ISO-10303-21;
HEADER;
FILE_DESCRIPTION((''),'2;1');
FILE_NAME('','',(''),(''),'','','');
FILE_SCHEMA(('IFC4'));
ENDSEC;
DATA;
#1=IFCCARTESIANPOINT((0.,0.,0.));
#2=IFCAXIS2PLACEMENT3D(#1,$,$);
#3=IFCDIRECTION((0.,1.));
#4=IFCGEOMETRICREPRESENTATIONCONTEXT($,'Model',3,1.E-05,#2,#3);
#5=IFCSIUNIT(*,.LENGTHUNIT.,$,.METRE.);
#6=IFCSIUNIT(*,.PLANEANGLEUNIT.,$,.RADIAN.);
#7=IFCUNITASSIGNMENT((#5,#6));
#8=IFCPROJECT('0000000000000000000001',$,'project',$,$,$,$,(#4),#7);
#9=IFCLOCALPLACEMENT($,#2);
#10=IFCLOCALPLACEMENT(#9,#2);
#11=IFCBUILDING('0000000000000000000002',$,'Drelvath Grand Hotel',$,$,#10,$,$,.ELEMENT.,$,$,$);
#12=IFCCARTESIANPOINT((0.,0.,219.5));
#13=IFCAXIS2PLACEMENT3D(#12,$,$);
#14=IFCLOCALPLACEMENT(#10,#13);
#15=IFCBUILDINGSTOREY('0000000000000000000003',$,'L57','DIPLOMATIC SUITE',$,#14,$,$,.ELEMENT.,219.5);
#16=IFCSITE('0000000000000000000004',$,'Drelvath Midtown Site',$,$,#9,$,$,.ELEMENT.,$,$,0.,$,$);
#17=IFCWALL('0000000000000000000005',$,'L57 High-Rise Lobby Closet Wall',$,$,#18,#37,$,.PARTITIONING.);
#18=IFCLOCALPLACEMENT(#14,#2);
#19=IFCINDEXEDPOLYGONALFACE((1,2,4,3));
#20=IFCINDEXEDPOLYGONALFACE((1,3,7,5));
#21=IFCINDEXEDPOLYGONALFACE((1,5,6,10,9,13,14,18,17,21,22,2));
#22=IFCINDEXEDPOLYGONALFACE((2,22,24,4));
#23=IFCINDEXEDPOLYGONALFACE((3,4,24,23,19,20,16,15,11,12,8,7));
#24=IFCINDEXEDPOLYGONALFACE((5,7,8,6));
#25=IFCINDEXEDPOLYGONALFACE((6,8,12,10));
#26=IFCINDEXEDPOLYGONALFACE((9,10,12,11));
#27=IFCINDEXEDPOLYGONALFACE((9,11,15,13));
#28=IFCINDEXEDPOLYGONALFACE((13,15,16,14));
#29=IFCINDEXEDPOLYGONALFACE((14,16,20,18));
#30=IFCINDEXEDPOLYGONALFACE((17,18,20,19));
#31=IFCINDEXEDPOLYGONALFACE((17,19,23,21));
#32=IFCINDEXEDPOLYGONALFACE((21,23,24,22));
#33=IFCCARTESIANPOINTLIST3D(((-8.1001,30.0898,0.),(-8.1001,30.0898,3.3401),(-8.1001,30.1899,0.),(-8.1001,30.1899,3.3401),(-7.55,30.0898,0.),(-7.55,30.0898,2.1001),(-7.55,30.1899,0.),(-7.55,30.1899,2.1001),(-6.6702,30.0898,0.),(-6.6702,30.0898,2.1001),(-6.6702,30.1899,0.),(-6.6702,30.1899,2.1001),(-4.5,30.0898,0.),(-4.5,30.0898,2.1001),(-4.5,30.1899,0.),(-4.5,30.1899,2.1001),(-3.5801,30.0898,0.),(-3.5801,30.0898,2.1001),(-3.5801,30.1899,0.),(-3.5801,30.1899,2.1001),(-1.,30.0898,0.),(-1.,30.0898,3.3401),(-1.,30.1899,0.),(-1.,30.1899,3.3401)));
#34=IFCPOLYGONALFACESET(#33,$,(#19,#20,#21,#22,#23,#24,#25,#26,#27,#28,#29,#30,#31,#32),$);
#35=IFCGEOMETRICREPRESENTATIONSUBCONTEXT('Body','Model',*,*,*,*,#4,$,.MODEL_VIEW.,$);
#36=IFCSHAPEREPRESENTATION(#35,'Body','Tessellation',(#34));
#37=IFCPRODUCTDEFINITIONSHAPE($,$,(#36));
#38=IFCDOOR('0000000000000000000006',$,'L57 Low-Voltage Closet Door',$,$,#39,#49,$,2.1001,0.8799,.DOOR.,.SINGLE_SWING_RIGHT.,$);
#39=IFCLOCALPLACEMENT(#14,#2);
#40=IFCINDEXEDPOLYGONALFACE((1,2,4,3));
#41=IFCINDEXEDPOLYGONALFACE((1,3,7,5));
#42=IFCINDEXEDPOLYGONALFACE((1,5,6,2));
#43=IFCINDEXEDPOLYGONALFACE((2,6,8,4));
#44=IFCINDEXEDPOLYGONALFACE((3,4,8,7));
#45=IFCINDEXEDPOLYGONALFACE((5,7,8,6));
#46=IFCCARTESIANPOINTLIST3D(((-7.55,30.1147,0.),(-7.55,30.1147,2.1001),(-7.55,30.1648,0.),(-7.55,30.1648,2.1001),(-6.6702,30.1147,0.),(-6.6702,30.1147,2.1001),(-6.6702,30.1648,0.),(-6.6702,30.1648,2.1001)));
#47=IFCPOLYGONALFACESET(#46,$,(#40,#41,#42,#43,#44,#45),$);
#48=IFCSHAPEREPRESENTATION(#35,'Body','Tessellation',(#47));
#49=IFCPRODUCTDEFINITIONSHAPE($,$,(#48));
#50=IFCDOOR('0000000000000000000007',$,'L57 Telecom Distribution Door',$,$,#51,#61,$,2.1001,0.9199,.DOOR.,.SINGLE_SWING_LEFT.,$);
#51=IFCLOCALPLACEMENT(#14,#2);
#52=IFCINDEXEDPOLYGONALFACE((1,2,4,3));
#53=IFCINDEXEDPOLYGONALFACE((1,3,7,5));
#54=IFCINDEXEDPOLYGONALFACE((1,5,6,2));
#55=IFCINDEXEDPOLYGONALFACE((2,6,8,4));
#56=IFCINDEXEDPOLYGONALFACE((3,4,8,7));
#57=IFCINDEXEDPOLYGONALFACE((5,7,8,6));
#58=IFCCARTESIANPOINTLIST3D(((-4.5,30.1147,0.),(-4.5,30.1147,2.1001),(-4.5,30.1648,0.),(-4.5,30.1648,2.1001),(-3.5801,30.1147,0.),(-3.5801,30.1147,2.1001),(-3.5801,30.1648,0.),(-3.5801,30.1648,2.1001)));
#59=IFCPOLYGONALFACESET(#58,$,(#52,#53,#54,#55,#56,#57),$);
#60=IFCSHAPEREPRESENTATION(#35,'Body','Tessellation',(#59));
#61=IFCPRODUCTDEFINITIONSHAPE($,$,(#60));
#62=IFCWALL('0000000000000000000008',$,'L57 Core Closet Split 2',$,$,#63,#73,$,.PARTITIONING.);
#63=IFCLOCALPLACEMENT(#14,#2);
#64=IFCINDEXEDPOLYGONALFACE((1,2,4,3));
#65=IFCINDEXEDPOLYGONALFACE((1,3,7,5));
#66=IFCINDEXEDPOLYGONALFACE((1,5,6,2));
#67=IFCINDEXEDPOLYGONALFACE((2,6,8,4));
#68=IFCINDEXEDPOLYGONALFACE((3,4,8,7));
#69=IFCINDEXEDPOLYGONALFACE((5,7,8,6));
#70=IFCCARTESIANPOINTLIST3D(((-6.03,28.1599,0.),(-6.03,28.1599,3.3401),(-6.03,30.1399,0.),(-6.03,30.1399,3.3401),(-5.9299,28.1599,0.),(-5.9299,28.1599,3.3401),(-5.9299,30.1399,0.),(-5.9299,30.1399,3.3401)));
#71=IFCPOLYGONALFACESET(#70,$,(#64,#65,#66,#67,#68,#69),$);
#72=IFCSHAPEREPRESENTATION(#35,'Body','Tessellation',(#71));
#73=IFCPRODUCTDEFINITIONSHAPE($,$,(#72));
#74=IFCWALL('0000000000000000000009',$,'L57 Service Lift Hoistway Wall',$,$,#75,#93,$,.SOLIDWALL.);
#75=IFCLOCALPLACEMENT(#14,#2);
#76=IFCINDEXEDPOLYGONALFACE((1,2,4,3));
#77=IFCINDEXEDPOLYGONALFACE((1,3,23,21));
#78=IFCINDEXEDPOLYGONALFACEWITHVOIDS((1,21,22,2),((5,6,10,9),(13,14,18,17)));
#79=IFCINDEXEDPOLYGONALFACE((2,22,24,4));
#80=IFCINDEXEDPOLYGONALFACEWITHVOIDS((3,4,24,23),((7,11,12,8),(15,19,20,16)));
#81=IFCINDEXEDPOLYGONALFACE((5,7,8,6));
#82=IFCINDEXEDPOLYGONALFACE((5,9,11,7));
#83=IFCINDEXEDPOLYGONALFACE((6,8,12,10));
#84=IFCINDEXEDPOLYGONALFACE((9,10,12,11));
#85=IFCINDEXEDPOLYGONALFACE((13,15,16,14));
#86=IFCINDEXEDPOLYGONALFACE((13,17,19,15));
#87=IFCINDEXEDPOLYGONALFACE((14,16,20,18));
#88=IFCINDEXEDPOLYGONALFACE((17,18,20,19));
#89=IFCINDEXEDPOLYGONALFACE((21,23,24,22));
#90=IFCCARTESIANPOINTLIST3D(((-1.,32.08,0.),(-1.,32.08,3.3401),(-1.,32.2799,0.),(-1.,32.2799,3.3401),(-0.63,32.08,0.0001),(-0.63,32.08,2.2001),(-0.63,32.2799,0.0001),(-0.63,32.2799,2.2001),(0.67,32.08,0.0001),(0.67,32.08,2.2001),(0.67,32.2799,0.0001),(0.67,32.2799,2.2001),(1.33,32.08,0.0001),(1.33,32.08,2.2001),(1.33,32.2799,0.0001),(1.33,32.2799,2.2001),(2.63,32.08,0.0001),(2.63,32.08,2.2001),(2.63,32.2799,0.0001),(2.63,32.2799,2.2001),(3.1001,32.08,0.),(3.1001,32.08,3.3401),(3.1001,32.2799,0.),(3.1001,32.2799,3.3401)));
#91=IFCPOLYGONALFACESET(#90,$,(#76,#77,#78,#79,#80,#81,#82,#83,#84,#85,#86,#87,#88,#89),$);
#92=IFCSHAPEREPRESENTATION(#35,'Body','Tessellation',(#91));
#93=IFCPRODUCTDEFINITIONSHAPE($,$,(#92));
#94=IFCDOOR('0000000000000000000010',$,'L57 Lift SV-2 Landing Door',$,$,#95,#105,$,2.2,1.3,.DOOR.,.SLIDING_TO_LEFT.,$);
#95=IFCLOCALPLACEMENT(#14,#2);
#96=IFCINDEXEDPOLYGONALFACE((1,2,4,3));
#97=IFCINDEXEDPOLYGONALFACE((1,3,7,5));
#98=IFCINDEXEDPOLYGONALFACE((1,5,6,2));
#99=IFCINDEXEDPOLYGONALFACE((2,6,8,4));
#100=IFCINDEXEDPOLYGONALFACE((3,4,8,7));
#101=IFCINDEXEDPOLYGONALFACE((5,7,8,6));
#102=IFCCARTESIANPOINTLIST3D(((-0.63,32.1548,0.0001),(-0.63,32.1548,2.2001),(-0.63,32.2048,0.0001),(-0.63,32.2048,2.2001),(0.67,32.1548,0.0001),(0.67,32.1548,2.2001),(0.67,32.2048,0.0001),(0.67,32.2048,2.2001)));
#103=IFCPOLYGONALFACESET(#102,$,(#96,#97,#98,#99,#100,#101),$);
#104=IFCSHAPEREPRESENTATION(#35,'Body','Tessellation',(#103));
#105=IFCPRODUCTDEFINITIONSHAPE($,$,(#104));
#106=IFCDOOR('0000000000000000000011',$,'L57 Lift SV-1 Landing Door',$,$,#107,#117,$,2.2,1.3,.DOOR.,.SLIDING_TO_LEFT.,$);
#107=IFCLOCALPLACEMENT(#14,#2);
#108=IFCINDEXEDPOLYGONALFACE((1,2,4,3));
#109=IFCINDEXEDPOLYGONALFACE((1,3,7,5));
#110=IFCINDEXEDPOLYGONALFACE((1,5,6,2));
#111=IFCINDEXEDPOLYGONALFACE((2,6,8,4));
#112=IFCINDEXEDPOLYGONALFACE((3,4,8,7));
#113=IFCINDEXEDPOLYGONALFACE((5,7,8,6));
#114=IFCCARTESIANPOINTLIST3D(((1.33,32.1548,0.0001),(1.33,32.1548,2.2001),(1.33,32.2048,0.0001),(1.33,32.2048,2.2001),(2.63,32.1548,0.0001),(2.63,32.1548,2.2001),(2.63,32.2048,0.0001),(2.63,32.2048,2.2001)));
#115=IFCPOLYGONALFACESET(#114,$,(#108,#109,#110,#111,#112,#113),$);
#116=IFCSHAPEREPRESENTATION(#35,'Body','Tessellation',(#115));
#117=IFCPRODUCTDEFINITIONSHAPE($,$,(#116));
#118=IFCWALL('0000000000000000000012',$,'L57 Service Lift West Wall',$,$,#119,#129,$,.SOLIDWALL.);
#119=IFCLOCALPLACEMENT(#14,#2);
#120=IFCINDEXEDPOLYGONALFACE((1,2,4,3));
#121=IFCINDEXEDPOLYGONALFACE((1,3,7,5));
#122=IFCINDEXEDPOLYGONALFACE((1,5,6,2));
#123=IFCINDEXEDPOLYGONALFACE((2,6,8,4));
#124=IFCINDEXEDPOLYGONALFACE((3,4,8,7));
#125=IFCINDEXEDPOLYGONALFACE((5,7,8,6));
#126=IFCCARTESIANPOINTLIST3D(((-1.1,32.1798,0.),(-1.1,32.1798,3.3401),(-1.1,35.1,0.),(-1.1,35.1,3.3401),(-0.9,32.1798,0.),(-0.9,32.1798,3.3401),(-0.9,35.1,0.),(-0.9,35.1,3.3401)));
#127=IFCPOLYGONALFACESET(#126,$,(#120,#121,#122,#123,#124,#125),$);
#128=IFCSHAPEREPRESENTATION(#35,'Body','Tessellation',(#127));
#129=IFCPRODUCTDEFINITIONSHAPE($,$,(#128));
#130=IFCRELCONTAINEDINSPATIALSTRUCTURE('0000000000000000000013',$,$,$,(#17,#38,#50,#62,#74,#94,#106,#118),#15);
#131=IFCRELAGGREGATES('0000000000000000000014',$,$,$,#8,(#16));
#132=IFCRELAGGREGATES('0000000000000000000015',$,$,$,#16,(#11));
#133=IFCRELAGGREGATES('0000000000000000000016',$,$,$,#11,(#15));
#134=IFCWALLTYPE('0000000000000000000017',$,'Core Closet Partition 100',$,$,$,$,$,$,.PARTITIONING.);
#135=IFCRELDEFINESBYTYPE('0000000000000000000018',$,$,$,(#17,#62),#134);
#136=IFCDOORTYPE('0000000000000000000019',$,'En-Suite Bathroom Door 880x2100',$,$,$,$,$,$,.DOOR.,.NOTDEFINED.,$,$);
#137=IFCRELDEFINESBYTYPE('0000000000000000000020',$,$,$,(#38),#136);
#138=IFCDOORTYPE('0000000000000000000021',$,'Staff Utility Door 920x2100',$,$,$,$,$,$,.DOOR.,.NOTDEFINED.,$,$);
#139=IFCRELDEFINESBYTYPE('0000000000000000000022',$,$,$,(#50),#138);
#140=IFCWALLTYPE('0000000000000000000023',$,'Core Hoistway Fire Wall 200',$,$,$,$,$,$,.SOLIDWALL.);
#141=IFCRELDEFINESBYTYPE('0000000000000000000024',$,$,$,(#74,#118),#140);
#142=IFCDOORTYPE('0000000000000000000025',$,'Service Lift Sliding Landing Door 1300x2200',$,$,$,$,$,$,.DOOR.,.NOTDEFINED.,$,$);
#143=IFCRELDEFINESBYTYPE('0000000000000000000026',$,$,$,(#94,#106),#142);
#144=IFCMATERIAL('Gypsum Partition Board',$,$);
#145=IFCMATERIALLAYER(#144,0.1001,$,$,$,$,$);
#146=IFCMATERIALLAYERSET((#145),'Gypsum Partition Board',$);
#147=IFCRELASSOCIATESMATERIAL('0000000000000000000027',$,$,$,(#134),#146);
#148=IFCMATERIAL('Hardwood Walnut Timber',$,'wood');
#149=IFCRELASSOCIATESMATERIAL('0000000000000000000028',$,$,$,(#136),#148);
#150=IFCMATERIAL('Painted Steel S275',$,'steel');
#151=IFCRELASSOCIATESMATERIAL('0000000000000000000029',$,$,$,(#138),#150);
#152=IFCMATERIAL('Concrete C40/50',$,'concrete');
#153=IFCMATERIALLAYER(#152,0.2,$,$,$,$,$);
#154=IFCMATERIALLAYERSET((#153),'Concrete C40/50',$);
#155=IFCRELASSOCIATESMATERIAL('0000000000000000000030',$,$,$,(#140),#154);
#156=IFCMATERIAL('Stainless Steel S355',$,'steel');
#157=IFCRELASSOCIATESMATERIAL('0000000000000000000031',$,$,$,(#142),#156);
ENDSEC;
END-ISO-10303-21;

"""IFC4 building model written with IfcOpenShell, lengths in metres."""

from ifc_helpers import new_model, si_unit, direction, frame, frame_2d, origin, place, context, subcontext, project, spatial, rectangle, extrude, material, layer, layer_set, type_object, element, fill, save


model = new_model("IFC4")

# Units and contexts
model_context = context("Model", 3, precision=1e-05, world=origin(), true_north=direction((0.0, 1.0)))
body_context = subcontext(model_context, "Body", "Model", "MODEL_VIEW")
ifc_project = project(units=[si_unit("LENGTHUNIT", "METRE"), si_unit("PLANEANGLEUNIT", "RADIAN")], contexts=[model_context])

# Site, building, storey
site_placement = place(None, origin())
site = spatial("IfcSite", under=ifc_project, at=site_placement, Name="Drelvath Midtown Site", CompositionType="ELEMENT", RefElevation=0.0)
building_placement = place(site_placement, origin())
building = spatial("IfcBuilding", under=site, at=building_placement, Name="Drelvath Grand Hotel", CompositionType="ELEMENT")
storey_placement = place(building_placement, frame((0.0, 0.0, 219.5)))
storey = spatial("IfcBuildingStorey", under=building, at=storey_placement, Name="L57", Description="DIPLOMATIC SUITE", CompositionType="ELEMENT", Elevation=219.5)

# Wall, openings, doors
ifc_material_1 = material(Name="Gypsum Partition Board")
ifc_layer_1 = layer(ifc_material_1, 0.1001)
ifc_layer_set_1 = layer_set([ifc_layer_1], Name="Gypsum Partition Board")
wall_type_1 = type_object("IfcWallType", Name="Core Closet Partition 100", PredefinedType="PARTITIONING", material=ifc_layer_set_1)
wall_1_placement = place(storey_placement, frame((-8.1001, 30.1399, 0.0), z_axis=(0.0, 0.0, 1.0), x_axis=(1.0, 0.0, 0.0)))
wall_1 = element("IfcWall", 1, at=wall_1_placement, inside=storey, type_object=wall_type_1, Name="L57 High-Rise Lobby Closet Wall", PredefinedType="PARTITIONING", context=body_context, shape_type="SweptSolid", body=[
    extrude(rectangle(XDim=7.1001, YDim=0.1001, at=frame_2d((3.55, 0.0))), origin(), (0.0, 0.0, 1.0), 3.3401),
])
opening_1_placement = place(wall_1_placement, frame((0.55, 0.0, 0.0)))
opening_1 = element("IfcOpeningElement", 2, at=opening_1_placement, cuts=wall_1, PredefinedType="OPENING", context=body_context, shape_type="SweptSolid", body=[
    extrude(rectangle(XDim=0.8799, YDim=2.1001, at=frame_2d((0.4399, 1.05))), frame((0.0, 0.0601, 0.0), z_axis=(0.0, -1.0, 0.0), x_axis=(1.0, 0.0, 0.0)), (0.0, 0.0, 1.0), 0.1201),
])
opening_2_placement = place(wall_1_placement, frame((3.6001, 0.0, 0.0)))
opening_2 = element("IfcOpeningElement", 3, at=opening_2_placement, cuts=wall_1, PredefinedType="OPENING", context=body_context, shape_type="SweptSolid", body=[
    extrude(rectangle(XDim=0.9199, YDim=2.1001, at=frame_2d((0.46, 1.05))), frame((0.0, 0.0601, 0.0), z_axis=(0.0, -1.0, 0.0), x_axis=(1.0, 0.0, 0.0)), (0.0, 0.0, 1.0), 0.1201),
])
ifc_material_2 = material(Name="Hardwood Walnut Timber", Category="wood")
door_type_1 = type_object("IfcDoorType", Name="En-Suite Bathroom Door 880x2100", OperationType="NOTDEFINED", PredefinedType="DOOR", material=ifc_material_2)
door_1_placement = place(opening_1_placement, origin())
door_1 = element("IfcDoor", 4, at=door_1_placement, inside=storey, type_object=door_type_1, Name="L57 Low-Voltage Closet Door", OperationType="SINGLE_SWING_RIGHT", OverallHeight=2.1001, OverallWidth=0.8799, PredefinedType="DOOR", context=body_context, shape_type="SweptSolid", body=[
    extrude(rectangle(XDim=0.8799, YDim=2.1001, at=frame_2d((0.4399, 1.05))), frame((0.0, 0.0249, 0.0), z_axis=(0.0, -1.0, 0.0), x_axis=(1.0, 0.0, 0.0)), (0.0, 0.0, 1.0), 0.05),
])
fill(opening_1, door_1)
ifc_material_3 = material(Name="Painted Steel S275", Category="steel")
door_type_2 = type_object("IfcDoorType", Name="Staff Utility Door 920x2100", OperationType="NOTDEFINED", PredefinedType="DOOR", material=ifc_material_3)
door_2_placement = place(opening_2_placement, origin())
door_2 = element("IfcDoor", 5, at=door_2_placement, inside=storey, type_object=door_type_2, Name="L57 Telecom Distribution Door", OperationType="SINGLE_SWING_LEFT", OverallHeight=2.1001, OverallWidth=0.9199, PredefinedType="DOOR", context=body_context, shape_type="SweptSolid", body=[
    extrude(rectangle(XDim=0.9199, YDim=2.1001, at=frame_2d((0.46, 1.05))), frame((0.0, 0.0249, 0.0), z_axis=(0.0, -1.0, 0.0), x_axis=(1.0, 0.0, 0.0)), (0.0, 0.0, 1.0), 0.05),
])
fill(opening_2, door_2)

# Wall
wall_2_placement = place(storey_placement, frame((-5.98, 28.1599, 0.0), z_axis=(0.0, 0.0, 1.0), x_axis=(0.0, 1.0, 0.0)))
element("IfcWall", 6, at=wall_2_placement, inside=storey, type_object=wall_type_1, Name="L57 Core Closet Split 2", PredefinedType="PARTITIONING", context=body_context, shape_type="SweptSolid", body=[
    extrude(rectangle(XDim=1.98, YDim=0.1001, at=frame_2d((0.99, 0.0))), origin(), (0.0, 0.0, 1.0), 3.3401),
])

# Wall, openings, doors
ifc_material_4 = material(Name="Concrete C40/50", Category="concrete")
ifc_layer_2 = layer(ifc_material_4, 0.2)
ifc_layer_set_2 = layer_set([ifc_layer_2], Name="Concrete C40/50")
wall_type_2 = type_object("IfcWallType", Name="Core Hoistway Fire Wall 200", PredefinedType="SOLIDWALL", material=ifc_layer_set_2)
wall_3_placement = place(storey_placement, frame((-1.0, 32.1799, 0.0), z_axis=(0.0, 0.0, 1.0), x_axis=(1.0, 0.0, 0.0)))
wall_3 = element("IfcWall", 7, at=wall_3_placement, inside=storey, type_object=wall_type_2, Name="L57 Service Lift Hoistway Wall", PredefinedType="SOLIDWALL", context=body_context, shape_type="SweptSolid", body=[
    extrude(rectangle(XDim=4.1001, YDim=0.2, at=frame_2d((2.05, 0.0))), origin(), (0.0, 0.0, 1.0), 3.3401),
])
opening_3_placement = place(wall_3_placement, frame((0.3701, 0.0, 0.0)))
opening_3 = element("IfcOpeningElement", 8, at=opening_3_placement, cuts=wall_3, PredefinedType="OPENING", context=body_context, shape_type="SweptSolid", body=[
    extrude(rectangle(XDim=1.3, YDim=2.2, at=frame_2d((0.6499, 1.1001))), frame((0.0, 0.1099, 0.0), z_axis=(0.0, -1.0, 0.0), x_axis=(1.0, 0.0, 0.0)), (0.0, 0.0, 1.0), 0.22),
])
opening_4_placement = place(wall_3_placement, frame((2.3301, 0.0, 0.0)))
opening_4 = element("IfcOpeningElement", 9, at=opening_4_placement, cuts=wall_3, PredefinedType="OPENING", context=body_context, shape_type="SweptSolid", body=[
    extrude(rectangle(XDim=1.3, YDim=2.2, at=frame_2d((0.6499, 1.1001))), frame((0.0, 0.1099, 0.0), z_axis=(0.0, -1.0, 0.0), x_axis=(1.0, 0.0, 0.0)), (0.0, 0.0, 1.0), 0.22),
])
ifc_material_5 = material(Name="Stainless Steel S355", Category="steel")
door_type_3 = type_object("IfcDoorType", Name="Service Lift Sliding Landing Door 1300x2200", OperationType="NOTDEFINED", PredefinedType="DOOR", material=ifc_material_5)
door_3_placement = place(opening_3_placement, origin())
door_3 = element("IfcDoor", 10, at=door_3_placement, inside=storey, type_object=door_type_3, Name="L57 Lift SV-2 Landing Door", OperationType="SLIDING_TO_LEFT", OverallHeight=2.2, OverallWidth=1.3, PredefinedType="DOOR", context=body_context, shape_type="SweptSolid", body=[
    extrude(rectangle(XDim=1.3, YDim=2.2, at=frame_2d((0.6499, 1.1001))), frame((0.0, 0.0249, 0.0), z_axis=(0.0, -1.0, 0.0), x_axis=(1.0, 0.0, 0.0)), (0.0, 0.0, 1.0), 0.05),
])
fill(opening_3, door_3)
door_4_placement = place(opening_4_placement, origin())
door_4 = element("IfcDoor", 11, at=door_4_placement, inside=storey, type_object=door_type_3, Name="L57 Lift SV-1 Landing Door", OperationType="SLIDING_TO_LEFT", OverallHeight=2.2, OverallWidth=1.3, PredefinedType="DOOR", context=body_context, shape_type="SweptSolid", body=[
    extrude(rectangle(XDim=1.3, YDim=2.2, at=frame_2d((0.6499, 1.1001))), frame((0.0, 0.0249, 0.0), z_axis=(0.0, -1.0, 0.0), x_axis=(1.0, 0.0, 0.0)), (0.0, 0.0, 1.0), 0.05),
])
fill(opening_4, door_4)

# Wall
wall_4_placement = place(storey_placement, frame((-1.0, 32.1799, 0.0), z_axis=(0.0, 0.0, 1.0), x_axis=(0.0, 1.0, 0.0)))
element("IfcWall", 12, at=wall_4_placement, inside=storey, type_object=wall_type_2, Name="L57 Service Lift West Wall", PredefinedType="SOLIDWALL", context=body_context, shape_type="SweptSolid", body=[
    extrude(rectangle(XDim=2.9202, YDim=0.2, at=frame_2d((1.46, 0.0))), origin(), (0.0, 0.0, 1.0), 3.3401),
])

save(model, "model.ifc")
